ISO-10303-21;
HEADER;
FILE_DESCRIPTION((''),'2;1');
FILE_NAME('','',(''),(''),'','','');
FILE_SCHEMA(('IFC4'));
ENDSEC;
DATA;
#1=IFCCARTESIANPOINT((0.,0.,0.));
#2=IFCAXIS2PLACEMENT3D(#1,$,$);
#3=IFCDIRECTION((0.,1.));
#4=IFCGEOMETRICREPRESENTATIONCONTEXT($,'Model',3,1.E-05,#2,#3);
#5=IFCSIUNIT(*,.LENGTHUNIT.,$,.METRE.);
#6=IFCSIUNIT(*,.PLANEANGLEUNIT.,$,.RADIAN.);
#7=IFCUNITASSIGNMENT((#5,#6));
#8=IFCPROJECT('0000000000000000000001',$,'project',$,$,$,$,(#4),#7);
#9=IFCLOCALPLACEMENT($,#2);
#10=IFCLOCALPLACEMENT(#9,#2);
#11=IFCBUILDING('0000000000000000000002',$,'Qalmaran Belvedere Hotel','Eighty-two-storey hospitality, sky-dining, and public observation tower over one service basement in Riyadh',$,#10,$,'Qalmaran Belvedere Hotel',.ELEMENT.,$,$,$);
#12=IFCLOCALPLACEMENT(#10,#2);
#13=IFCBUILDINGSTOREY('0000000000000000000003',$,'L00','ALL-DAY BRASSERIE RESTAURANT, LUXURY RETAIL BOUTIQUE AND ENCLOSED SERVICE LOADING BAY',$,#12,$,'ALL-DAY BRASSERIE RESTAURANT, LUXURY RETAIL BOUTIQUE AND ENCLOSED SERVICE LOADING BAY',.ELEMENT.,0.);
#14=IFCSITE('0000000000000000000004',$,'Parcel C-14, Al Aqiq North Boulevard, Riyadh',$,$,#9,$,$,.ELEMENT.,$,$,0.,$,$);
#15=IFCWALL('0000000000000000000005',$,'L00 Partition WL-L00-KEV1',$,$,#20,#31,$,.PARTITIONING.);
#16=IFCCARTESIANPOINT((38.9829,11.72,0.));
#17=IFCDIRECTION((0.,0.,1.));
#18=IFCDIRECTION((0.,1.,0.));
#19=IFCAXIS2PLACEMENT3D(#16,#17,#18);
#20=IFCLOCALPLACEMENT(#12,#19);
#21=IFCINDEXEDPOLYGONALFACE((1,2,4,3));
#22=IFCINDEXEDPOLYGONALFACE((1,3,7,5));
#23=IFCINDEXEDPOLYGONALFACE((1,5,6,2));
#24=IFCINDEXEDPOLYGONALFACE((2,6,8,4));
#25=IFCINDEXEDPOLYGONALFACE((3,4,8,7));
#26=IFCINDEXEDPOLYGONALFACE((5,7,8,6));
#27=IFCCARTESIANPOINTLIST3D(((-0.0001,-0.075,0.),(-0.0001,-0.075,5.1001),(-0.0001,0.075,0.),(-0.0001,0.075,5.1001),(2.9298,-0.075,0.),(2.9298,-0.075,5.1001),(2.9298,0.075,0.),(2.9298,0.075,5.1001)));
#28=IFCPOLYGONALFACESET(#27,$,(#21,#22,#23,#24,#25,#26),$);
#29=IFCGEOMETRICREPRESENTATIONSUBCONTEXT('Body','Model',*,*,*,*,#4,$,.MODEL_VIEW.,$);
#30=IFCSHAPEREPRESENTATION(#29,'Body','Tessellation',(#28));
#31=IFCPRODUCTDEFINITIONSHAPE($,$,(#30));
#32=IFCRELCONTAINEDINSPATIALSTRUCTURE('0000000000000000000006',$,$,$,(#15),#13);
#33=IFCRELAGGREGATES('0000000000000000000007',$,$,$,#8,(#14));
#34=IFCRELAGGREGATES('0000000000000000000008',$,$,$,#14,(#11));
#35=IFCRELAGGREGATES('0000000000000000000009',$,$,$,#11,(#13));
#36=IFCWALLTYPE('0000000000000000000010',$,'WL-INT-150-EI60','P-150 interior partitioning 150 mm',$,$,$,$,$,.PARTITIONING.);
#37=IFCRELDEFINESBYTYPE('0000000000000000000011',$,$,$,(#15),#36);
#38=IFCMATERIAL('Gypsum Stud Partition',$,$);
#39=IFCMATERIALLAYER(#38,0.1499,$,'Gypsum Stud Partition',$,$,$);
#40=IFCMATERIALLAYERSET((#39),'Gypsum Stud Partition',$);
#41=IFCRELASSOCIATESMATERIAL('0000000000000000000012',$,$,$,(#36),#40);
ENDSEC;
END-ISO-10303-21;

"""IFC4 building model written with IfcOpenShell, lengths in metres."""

from ifc_helpers import new_model, si_unit, direction, frame, frame_2d, origin, place, context, subcontext, project, spatial, rectangle, extrude, material, layer, layer_set, type_object, element, save


model = new_model("IFC4")

# Units and contexts
model_context = context("Model", 3, precision=1e-05, world=origin(), true_north=direction((0.0, 1.0)))
body_context = subcontext(model_context, "Body", "Model", "MODEL_VIEW")
ifc_project = project(units=[si_unit("LENGTHUNIT", "METRE"), si_unit("PLANEANGLEUNIT", "RADIAN")], contexts=[model_context])

# Site, building, storey
site_placement = place(None, origin())
site = spatial("IfcSite", under=ifc_project, at=site_placement, Name="Parcel C-14, Al Aqiq North Boulevard, Riyadh", CompositionType="ELEMENT", RefElevation=0.0)
building_placement = place(site_placement, origin())
building = spatial("IfcBuilding", under=site, at=building_placement, Name="Qalmaran Belvedere Hotel", Description="Eighty-two-storey hospitality, sky-dining, and public observation tower over one service basement in Riyadh", LongName="Qalmaran Belvedere Hotel", CompositionType="ELEMENT")
storey_placement = place(building_placement, origin())
storey = spatial("IfcBuildingStorey", under=building, at=storey_placement, Name="L00", Description="ALL-DAY BRASSERIE RESTAURANT, LUXURY RETAIL BOUTIQUE AND ENCLOSED SERVICE LOADING BAY", LongName="ALL-DAY BRASSERIE RESTAURANT, LUXURY RETAIL BOUTIQUE AND ENCLOSED SERVICE LOADING BAY", CompositionType="ELEMENT", Elevation=0.0)

# Wall
ifc_material_1 = material(Name="Gypsum Stud Partition")
ifc_layer_1 = layer(ifc_material_1, 0.1499, Name="Gypsum Stud Partition")
ifc_layer_set_1 = layer_set([ifc_layer_1], Name="Gypsum Stud Partition")
wall_type_1 = type_object("IfcWallType", Name="WL-INT-150-EI60", Description="P-150 interior partitioning 150 mm", PredefinedType="PARTITIONING", material=ifc_layer_set_1)
wall_1_placement = place(storey_placement, frame((38.9829, 11.72, 0.0), z_axis=(0.0, 0.0, 1.0), x_axis=(0.0, 1.0, 0.0)))
element("IfcWall", 1, at=wall_1_placement, inside=storey, type_object=wall_type_1, Name="L00 Partition WL-L00-KEV1", PredefinedType="PARTITIONING", context=body_context, shape_type="SweptSolid", body=[
    extrude(rectangle(XDim=2.9299, YDim=0.1499, at=frame_2d((1.4648, 0.0))), origin(), (0.0, 0.0, 1.0), 5.1001),
])

save(model, "model.ifc")
